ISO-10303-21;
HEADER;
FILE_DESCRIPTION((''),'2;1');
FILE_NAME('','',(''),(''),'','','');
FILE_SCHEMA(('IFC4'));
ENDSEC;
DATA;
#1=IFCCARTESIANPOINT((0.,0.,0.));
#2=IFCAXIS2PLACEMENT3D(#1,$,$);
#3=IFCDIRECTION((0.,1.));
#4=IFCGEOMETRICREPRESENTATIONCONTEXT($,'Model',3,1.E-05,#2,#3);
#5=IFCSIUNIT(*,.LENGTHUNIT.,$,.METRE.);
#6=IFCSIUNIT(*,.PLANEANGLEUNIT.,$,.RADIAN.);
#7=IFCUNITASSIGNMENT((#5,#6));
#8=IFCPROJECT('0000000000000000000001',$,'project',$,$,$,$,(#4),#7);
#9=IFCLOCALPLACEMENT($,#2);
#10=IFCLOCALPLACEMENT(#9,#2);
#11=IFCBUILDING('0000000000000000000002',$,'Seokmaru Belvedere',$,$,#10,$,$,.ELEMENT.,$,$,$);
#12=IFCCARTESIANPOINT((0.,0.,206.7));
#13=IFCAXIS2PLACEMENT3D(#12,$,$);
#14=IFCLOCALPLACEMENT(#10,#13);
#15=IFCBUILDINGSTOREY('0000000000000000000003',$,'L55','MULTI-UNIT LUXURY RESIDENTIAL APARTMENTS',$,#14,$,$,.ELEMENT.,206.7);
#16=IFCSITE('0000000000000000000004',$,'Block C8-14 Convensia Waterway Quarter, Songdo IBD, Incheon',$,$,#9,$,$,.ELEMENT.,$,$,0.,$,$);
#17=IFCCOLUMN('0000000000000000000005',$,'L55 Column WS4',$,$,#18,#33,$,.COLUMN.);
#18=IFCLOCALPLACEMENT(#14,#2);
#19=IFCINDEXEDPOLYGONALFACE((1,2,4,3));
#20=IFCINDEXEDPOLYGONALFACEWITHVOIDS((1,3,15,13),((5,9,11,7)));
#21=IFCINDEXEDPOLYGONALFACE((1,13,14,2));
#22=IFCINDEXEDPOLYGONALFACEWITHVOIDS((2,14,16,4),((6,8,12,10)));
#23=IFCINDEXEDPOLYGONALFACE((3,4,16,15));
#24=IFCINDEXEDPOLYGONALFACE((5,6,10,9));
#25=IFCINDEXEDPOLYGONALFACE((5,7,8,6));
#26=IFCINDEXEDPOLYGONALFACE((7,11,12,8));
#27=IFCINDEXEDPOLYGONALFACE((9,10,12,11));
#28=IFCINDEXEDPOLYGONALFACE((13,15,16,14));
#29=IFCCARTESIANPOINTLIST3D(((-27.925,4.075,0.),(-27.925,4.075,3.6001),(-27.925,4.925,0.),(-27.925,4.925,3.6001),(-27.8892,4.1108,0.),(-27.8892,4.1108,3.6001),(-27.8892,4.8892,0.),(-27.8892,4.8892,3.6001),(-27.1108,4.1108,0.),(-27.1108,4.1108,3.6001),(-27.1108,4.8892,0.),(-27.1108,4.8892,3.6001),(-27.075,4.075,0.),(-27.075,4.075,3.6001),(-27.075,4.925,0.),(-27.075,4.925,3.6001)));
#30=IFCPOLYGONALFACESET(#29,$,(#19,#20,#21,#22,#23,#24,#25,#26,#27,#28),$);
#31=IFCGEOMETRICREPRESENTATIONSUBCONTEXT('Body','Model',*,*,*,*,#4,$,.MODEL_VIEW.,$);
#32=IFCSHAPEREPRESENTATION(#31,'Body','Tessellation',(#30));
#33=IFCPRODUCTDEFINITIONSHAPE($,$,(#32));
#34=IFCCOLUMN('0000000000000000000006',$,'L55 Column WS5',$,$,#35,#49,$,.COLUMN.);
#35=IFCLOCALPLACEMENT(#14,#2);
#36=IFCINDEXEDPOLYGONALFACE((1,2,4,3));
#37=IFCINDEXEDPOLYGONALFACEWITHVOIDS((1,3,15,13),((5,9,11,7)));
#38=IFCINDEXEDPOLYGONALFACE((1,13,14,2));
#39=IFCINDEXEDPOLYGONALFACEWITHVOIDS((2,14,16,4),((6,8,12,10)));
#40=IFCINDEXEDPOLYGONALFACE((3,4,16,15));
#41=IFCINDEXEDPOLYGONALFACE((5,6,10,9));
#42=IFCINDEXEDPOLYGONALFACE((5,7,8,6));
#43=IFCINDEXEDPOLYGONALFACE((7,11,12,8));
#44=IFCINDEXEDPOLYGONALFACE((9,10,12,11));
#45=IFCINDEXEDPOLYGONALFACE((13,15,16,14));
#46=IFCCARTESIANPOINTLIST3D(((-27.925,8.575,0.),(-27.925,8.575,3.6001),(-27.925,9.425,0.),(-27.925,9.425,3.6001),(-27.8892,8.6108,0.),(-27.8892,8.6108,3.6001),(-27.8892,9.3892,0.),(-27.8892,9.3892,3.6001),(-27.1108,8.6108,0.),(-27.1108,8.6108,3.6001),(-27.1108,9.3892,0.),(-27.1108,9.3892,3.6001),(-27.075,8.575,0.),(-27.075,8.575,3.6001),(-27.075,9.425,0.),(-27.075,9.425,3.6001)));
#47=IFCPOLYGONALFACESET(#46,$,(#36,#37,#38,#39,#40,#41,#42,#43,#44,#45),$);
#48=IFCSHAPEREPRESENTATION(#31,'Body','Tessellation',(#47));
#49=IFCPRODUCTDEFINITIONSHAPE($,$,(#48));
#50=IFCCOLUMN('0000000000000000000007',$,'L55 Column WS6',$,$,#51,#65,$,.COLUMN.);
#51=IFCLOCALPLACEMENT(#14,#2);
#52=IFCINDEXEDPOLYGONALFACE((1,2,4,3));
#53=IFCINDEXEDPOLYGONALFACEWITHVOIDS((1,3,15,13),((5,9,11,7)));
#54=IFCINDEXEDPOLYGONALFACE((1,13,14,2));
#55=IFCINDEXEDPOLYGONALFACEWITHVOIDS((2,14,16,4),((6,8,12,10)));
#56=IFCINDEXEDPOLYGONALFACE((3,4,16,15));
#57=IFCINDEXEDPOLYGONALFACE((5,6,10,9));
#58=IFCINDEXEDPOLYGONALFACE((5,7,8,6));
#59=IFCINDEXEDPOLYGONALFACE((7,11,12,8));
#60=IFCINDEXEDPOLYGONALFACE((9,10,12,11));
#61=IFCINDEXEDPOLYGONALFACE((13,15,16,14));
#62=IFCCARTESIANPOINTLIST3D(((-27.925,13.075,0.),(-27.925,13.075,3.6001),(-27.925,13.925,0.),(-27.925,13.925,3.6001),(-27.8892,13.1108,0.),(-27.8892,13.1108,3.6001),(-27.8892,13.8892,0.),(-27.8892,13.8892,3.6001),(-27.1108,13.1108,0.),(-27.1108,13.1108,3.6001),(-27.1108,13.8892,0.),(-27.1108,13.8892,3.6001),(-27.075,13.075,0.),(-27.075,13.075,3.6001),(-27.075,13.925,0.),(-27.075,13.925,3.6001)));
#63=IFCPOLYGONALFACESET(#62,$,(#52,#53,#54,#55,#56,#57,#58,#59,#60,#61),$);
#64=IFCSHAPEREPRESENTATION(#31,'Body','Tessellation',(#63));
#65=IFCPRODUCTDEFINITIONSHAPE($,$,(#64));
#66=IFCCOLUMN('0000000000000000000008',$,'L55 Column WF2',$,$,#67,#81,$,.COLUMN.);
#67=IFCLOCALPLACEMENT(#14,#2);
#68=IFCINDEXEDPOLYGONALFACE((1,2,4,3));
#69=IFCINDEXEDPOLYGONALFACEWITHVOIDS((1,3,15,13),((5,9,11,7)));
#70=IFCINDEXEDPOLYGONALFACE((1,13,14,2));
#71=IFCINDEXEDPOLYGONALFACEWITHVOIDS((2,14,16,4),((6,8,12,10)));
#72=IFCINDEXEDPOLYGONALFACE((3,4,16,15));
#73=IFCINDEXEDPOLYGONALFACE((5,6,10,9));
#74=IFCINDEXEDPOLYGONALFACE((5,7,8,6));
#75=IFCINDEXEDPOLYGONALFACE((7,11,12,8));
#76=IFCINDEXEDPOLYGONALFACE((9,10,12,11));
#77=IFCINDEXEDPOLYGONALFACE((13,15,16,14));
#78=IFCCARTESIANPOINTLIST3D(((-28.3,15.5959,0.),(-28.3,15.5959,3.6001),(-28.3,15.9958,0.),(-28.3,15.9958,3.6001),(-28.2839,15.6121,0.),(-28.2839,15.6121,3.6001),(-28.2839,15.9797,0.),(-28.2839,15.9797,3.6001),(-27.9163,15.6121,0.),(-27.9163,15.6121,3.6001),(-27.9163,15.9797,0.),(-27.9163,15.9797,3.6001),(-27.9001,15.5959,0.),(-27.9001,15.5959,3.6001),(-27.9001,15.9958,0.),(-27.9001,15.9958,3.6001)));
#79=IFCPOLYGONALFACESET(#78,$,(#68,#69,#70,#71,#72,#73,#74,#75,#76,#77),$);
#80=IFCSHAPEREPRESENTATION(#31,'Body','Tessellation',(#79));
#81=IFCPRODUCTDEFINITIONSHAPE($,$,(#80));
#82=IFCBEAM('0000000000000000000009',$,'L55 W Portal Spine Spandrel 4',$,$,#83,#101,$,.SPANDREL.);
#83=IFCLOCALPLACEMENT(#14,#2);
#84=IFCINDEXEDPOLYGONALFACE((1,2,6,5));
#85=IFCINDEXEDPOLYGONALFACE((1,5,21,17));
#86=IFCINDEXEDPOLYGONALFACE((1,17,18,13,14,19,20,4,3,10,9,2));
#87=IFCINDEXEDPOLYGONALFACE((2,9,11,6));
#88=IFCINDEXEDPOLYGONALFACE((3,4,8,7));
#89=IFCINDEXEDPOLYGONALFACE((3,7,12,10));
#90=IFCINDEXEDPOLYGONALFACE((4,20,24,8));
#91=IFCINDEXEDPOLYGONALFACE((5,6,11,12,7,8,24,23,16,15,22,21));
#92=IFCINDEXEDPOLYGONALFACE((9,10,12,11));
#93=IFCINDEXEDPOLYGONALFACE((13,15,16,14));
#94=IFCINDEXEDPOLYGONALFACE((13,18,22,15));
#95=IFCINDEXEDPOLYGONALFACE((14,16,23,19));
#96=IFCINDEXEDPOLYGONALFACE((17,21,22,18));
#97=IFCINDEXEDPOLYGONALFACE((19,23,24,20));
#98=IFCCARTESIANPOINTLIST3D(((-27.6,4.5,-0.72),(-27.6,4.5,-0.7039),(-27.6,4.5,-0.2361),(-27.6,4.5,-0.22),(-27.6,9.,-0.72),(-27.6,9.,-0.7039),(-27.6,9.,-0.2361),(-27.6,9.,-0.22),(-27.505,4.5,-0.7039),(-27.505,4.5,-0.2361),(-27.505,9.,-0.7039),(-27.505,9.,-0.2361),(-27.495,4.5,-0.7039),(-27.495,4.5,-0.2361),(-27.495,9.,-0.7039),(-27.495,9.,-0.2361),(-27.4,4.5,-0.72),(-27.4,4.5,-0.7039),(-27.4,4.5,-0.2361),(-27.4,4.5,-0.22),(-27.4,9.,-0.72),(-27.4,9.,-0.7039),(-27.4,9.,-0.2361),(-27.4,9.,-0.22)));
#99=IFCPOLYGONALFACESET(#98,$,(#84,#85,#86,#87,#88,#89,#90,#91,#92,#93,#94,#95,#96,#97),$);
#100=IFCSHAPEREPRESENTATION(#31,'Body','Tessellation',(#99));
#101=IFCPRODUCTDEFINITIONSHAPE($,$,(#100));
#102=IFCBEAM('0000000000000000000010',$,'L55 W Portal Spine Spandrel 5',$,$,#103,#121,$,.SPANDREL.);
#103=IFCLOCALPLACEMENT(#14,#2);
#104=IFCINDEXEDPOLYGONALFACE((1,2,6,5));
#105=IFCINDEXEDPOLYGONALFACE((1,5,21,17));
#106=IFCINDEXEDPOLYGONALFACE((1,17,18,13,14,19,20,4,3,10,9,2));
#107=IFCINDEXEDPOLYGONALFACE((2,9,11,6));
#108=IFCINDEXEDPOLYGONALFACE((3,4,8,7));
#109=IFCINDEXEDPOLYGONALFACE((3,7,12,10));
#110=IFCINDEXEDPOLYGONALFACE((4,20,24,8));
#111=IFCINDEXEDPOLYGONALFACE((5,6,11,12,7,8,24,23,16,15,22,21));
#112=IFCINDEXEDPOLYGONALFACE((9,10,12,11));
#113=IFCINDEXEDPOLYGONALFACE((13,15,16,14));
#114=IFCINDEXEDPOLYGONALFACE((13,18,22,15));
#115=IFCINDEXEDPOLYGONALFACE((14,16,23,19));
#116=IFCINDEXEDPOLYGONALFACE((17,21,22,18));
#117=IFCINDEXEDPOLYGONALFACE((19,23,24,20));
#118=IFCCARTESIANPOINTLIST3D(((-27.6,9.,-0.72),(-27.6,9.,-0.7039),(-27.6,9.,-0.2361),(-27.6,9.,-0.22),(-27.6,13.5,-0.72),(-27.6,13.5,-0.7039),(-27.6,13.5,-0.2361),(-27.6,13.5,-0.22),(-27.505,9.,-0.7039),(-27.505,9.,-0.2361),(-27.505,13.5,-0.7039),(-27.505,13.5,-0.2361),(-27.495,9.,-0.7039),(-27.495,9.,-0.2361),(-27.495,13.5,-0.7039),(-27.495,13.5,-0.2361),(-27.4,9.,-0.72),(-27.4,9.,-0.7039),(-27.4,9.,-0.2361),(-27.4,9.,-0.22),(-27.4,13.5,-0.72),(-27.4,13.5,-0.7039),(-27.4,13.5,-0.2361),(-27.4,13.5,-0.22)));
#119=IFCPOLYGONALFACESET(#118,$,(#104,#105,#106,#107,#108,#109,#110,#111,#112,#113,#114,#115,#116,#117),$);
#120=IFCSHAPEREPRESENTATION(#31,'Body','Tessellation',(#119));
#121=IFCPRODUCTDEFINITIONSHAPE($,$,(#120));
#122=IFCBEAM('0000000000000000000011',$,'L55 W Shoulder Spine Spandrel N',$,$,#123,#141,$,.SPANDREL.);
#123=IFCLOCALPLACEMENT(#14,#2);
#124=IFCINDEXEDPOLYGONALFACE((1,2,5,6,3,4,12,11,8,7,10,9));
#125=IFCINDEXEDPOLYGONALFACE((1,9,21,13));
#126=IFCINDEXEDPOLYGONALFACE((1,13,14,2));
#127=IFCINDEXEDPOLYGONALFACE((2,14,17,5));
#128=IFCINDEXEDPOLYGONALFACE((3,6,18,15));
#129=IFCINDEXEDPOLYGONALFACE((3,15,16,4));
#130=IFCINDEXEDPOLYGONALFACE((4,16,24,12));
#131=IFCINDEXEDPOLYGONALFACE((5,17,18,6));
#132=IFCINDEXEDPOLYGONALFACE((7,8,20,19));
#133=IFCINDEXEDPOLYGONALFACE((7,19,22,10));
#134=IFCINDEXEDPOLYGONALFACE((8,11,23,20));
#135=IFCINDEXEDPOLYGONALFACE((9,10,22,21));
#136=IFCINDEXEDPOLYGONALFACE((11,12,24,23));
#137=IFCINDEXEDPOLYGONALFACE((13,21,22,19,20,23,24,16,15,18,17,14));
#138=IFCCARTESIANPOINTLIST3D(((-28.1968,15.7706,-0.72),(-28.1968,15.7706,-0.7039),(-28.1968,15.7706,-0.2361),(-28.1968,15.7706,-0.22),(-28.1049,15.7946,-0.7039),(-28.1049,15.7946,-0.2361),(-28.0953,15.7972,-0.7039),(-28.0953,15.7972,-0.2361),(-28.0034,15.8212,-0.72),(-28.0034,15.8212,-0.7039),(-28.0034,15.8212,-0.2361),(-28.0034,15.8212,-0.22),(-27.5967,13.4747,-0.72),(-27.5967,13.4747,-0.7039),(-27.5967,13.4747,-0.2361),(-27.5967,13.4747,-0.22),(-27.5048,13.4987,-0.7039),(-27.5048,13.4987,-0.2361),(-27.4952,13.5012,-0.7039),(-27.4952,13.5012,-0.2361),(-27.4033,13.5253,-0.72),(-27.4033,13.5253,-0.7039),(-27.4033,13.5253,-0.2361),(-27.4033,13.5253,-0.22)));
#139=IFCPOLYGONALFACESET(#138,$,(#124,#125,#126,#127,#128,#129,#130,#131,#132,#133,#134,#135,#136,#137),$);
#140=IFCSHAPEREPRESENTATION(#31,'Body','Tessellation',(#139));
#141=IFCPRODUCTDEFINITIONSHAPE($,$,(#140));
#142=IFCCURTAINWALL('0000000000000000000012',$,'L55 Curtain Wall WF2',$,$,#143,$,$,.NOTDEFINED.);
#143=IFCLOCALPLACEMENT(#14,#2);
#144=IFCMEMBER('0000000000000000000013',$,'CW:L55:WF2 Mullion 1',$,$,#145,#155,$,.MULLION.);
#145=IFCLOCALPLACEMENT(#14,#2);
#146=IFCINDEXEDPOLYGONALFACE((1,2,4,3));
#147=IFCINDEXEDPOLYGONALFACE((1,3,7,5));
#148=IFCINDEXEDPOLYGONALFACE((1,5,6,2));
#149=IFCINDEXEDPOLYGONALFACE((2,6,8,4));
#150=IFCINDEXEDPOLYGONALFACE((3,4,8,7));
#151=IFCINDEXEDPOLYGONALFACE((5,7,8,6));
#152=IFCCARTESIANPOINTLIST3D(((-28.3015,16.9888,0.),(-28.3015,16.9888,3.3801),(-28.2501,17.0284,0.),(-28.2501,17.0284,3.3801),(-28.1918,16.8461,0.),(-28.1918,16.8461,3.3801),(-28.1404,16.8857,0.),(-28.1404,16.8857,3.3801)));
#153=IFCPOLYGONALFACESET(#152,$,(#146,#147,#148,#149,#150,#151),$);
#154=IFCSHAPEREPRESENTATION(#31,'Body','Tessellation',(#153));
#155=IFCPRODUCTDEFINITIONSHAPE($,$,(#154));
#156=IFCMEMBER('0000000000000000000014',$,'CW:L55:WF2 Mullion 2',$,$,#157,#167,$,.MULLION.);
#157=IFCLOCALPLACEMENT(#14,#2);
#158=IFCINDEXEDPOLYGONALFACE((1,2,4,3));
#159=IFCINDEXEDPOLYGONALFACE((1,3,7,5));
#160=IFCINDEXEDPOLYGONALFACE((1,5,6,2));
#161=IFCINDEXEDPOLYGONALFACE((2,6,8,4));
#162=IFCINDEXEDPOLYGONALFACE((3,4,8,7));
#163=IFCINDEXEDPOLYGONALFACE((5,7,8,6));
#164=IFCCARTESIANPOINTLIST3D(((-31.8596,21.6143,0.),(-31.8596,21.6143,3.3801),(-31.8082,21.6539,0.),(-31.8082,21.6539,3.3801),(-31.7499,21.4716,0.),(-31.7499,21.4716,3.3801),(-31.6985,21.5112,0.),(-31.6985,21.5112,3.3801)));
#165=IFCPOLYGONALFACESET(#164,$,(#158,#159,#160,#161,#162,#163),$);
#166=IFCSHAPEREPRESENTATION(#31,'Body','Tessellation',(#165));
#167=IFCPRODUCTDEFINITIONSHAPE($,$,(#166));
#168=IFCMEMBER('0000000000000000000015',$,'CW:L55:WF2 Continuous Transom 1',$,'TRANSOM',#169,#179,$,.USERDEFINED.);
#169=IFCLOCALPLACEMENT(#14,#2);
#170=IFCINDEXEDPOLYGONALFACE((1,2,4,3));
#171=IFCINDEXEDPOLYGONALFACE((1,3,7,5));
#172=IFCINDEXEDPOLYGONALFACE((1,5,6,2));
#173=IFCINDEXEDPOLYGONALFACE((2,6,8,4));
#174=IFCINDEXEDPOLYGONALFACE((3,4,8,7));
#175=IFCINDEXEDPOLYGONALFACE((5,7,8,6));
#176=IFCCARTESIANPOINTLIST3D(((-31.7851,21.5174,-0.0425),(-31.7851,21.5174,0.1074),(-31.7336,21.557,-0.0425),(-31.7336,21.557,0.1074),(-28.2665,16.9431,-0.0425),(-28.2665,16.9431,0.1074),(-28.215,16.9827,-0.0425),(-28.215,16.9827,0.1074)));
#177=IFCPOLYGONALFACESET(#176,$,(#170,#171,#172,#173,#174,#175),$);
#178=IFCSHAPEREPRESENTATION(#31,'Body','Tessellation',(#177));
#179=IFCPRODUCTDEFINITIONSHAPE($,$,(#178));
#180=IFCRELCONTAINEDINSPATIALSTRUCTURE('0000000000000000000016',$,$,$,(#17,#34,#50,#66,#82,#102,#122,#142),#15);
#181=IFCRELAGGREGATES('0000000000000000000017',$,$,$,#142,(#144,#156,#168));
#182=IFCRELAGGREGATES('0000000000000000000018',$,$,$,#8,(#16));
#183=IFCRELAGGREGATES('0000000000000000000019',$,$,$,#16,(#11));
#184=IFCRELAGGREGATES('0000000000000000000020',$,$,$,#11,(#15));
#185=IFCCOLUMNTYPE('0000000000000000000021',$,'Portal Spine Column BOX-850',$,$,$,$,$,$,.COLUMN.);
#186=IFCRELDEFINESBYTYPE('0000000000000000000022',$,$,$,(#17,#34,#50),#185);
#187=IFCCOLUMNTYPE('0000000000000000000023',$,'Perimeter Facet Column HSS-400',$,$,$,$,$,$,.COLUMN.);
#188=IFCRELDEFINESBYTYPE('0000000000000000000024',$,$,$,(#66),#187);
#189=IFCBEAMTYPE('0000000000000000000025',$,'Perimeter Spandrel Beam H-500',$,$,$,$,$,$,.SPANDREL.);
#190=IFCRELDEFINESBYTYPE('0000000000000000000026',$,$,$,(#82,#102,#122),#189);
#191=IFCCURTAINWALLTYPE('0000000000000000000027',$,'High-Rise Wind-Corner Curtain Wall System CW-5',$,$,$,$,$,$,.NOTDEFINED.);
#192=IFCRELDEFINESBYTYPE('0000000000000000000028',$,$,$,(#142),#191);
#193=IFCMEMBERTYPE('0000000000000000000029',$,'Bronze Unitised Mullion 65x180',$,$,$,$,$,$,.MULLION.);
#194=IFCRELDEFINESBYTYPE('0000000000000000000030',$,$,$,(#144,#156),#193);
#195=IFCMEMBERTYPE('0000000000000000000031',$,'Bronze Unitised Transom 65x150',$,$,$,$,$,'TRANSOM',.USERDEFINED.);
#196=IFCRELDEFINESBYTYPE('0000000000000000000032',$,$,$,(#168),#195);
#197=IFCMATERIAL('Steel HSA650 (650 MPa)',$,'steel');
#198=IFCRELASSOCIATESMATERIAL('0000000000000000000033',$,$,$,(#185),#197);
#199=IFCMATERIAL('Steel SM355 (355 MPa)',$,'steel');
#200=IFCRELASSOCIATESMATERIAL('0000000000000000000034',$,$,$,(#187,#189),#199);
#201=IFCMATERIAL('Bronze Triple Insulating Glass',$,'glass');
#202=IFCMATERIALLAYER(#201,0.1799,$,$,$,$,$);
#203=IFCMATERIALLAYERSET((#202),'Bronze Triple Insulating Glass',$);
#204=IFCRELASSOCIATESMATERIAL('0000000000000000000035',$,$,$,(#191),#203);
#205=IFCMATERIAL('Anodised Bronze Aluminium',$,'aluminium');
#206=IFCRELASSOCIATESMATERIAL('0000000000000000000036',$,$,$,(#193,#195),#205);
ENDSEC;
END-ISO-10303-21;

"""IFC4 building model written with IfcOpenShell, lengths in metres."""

from ifc_helpers import new_model, si_unit, direction, frame, origin, origin_2d, place, context, subcontext, project, spatial, rectangle, hollow_rectangle, i_section, extrude, source, transform, mapped, material, layer, layer_set, material_profile, profile_set, type_object, type_shapes, element, aggregate, save


model = new_model("IFC4")

# Units and contexts
model_context = context("Model", 3, precision=1e-05, world=origin(), true_north=direction((0.0, 1.0)))
body_context = subcontext(model_context, "Body", "Model", "MODEL_VIEW")
ifc_project = project(units=[si_unit("LENGTHUNIT", "METRE"), si_unit("PLANEANGLEUNIT", "RADIAN")], contexts=[model_context])

# Site, building, storey
site_placement = place(None, origin())
site = spatial("IfcSite", under=ifc_project, at=site_placement, Name="Block C8-14 Convensia Waterway Quarter, Songdo IBD, Incheon", CompositionType="ELEMENT", RefElevation=0.0)
building_placement = place(site_placement, origin())
building = spatial("IfcBuilding", under=site, at=building_placement, Name="Seokmaru Belvedere", CompositionType="ELEMENT")
storey_placement = place(building_placement, frame((0.0, 0.0, 206.7)))
storey = spatial("IfcBuildingStorey", under=building, at=storey_placement, Name="L55", Description="MULTI-UNIT LUXURY RESIDENTIAL APARTMENTS", CompositionType="ELEMENT", Elevation=206.7)

# Columns
ifc_material_1 = material(Name="Steel HSA650 (650 MPa)", Category="steel")
ifc_material_profile_1 = material_profile(ifc_material_1, hollow_rectangle(XDim=0.8501, YDim=0.8501, WallThickness=0.0359, at=origin_2d()), Name="BOX-850x850x36")
ifc_profile_set_1 = profile_set([ifc_material_profile_1], Name="Steel HSA650 (650 MPa)")
column_type_1 = type_object("IfcColumnType", Name="Portal Spine Column BOX-850", PredefinedType="COLUMN", material=ifc_profile_set_1)
shared_shape_1 = source(origin(), body_context, "Body", "SweptSolid", [
    extrude(hollow_rectangle(XDim=0.8501, YDim=0.8501, WallThickness=0.0359, at=origin_2d()), origin(), (0.0, 0.0, 1.0), 3.6001),
])
type_shapes(column_type_1, [shared_shape_1])
for number, where, z_axis, x_axis, name in (
    (1, (-27.5, 4.5, 0.0), (0.0, 0.0, 1.0), (1.0, 0.0, 0.0), "L55 Column WS4"),
    (2, (-27.5, 9.0, 0.0), (0.0, 0.0, 1.0), (1.0, 0.0, 0.0), "L55 Column WS5"),
    (3, (-27.5, 13.5, 0.0), (0.0, 0.0, 1.0), (1.0, 0.0, 0.0), "L55 Column WS6"),
):
    element("IfcColumn", number, at=place(storey_placement, frame(where, z_axis=z_axis, x_axis=x_axis)), inside=storey, type_object=column_type_1, Name=name, PredefinedType="COLUMN", context=body_context, shape_type="MappedRepresentation", body=[
        mapped(shared_shape_1, transform((0.0, 0.0, 0.0), scale=1.0)),
    ])
ifc_material_2 = material(Name="Steel SM355 (355 MPa)", Category="steel")
ifc_material_profile_2 = material_profile(ifc_material_2, hollow_rectangle(XDim=0.3999, YDim=0.3999, WallThickness=0.0161, at=origin_2d()), Name="HSS-400x400x16")
ifc_profile_set_2 = profile_set([ifc_material_profile_2], Name="Steel SM355 (355 MPa)")
column_type_2 = type_object("IfcColumnType", Name="Perimeter Facet Column HSS-400", PredefinedType="COLUMN", material=ifc_profile_set_2)
shared_shape_2 = source(origin(), body_context, "Body", "SweptSolid", [
    extrude(hollow_rectangle(XDim=0.3999, YDim=0.3999, WallThickness=0.0161, at=origin_2d()), origin(), (0.0, 0.0, 1.0), 3.6001),
])
type_shapes(column_type_2, [shared_shape_2])
column_placement = place(storey_placement, frame((-28.1001, 15.7959, 0.0), z_axis=(0.0, 0.0, 1.0), x_axis=(1.0, 0.0, 0.0)))
element("IfcColumn", 4, at=column_placement, inside=storey, type_object=column_type_2, Name="L55 Column WF2", PredefinedType="COLUMN", context=body_context, shape_type="MappedRepresentation", body=[
    mapped(shared_shape_2, transform((0.0, 0.0, 0.0), scale=1.0)),
])

# Beams
ifc_material_profile_3 = material_profile(ifc_material_2, i_section(OverallWidth=0.2, OverallDepth=0.5, WebThickness=0.01, FlangeThickness=0.0161, at=origin_2d()), Name="H-500x200x10x16")
ifc_profile_set_3 = profile_set([ifc_material_profile_3], Name="Steel SM355 (355 MPa)")
beam_type_1 = type_object("IfcBeamType", Name="Perimeter Spandrel Beam H-500", PredefinedType="SPANDREL", material=ifc_profile_set_3)
shared_shape_3 = source(origin(), body_context, "Body", "SweptSolid", [
    extrude(i_section(OverallWidth=0.2, OverallDepth=0.5, WebThickness=0.01, FlangeThickness=0.0161, at=origin_2d()), origin(), (0.0, 0.0, 1.0), 4.5),
])
for number, where, z_axis, x_axis, name in (
    (5, (-27.5, 4.5, -0.47), (0.0, 1.0, 0.0), (-1.0, 0.0, 0.0), "L55 W Portal Spine Spandrel 4"),
    (6, (-27.5, 9.0, -0.47), (0.0, 1.0, 0.0), (-1.0, 0.0, 0.0), "L55 W Portal Spine Spandrel 5"),
):
    element("IfcBeam", number, at=place(storey_placement, frame(where, z_axis=z_axis, x_axis=x_axis)), inside=storey, type_object=beam_type_1, Name=name, PredefinedType="SPANDREL", context=body_context, shape_type="MappedRepresentation", body=[
        mapped(shared_shape_3, transform((0.0, 0.0, 0.0), scale=1.0)),
    ])
shared_shape_4 = source(origin(), body_context, "Body", "SweptSolid", [
    extrude(i_section(OverallWidth=0.2, OverallDepth=0.5, WebThickness=0.01, FlangeThickness=0.0161, at=origin_2d()), origin(), (0.0, 0.0, 1.0), 2.373),
])
type_shapes(beam_type_1, [shared_shape_3, shared_shape_4])
beam_1_placement = place(storey_placement, frame((-28.1001, 15.7959, -0.47), z_axis=(0.252883, -0.967497, 0.0), x_axis=(0.967497, 0.252883, 0.0)))
element("IfcBeam", 7, at=beam_1_placement, inside=storey, type_object=beam_type_1, Name="L55 W Shoulder Spine Spandrel N", PredefinedType="SPANDREL", context=body_context, shape_type="MappedRepresentation", body=[
    mapped(shared_shape_4, transform((0.0, 0.0, 0.0), scale=1.0)),
])

# Curtain wall, members
ifc_material_3 = material(Name="Bronze Triple Insulating Glass", Category="glass")
ifc_layer_1 = layer(ifc_material_3, 0.1799)
ifc_layer_set_1 = layer_set([ifc_layer_1], Name="Bronze Triple Insulating Glass")
curtain_wall_type = type_object("IfcCurtainWallType", Name="High-Rise Wind-Corner Curtain Wall System CW-5", PredefinedType="NOTDEFINED", material=ifc_layer_set_1)
curtain_wall_placement = place(storey_placement, origin())
curtain_wall = element("IfcCurtainWall", 8, at=curtain_wall_placement, inside=storey, type_object=curtain_wall_type, Name="L55 Curtain Wall WF2", PredefinedType="NOTDEFINED")
ifc_material_4 = material(Name="Anodised Bronze Aluminium", Category="aluminium")
ifc_material_profile_4 = material_profile(ifc_material_4, rectangle(XDim=0.0649, YDim=0.1799, at=origin_2d()), Name="CW-M-65x180")
ifc_profile_set_4 = profile_set([ifc_material_profile_4], Name="Anodised Bronze Aluminium")
member_type_1 = type_object("IfcMemberType", Name="Bronze Unitised Mullion 65x180", PredefinedType="MULLION", material=ifc_profile_set_4)
shared_shape_5 = source(origin(), body_context, "Body", "SweptSolid", [
    extrude(rectangle(XDim=0.0649, YDim=0.1799, at=origin_2d()), origin(), (0.0, 0.0, 1.0), 3.3801),
])
type_shapes(member_type_1, [shared_shape_5])
member_1_placement = place(storey_placement, frame((-28.2209, 16.9373, 0.0), z_axis=(0.0, 0.0, 1.0), x_axis=(-0.792631, -0.609701, 0.0)))
member_1 = element("IfcMember", 9, at=member_1_placement, type_object=member_type_1, Name="CW:L55:WF2 Mullion 1", PredefinedType="MULLION", context=body_context, shape_type="MappedRepresentation", body=[
    mapped(shared_shape_5, transform((0.0, 0.0, 0.0), scale=1.0)),
])
member_2_placement = place(storey_placement, frame((-31.7791, 21.5627, 0.0), z_axis=(0.0, 0.0, 1.0), x_axis=(-0.792631, -0.609701, 0.0)))
member_2 = element("IfcMember", 10, at=member_2_placement, type_object=member_type_1, Name="CW:L55:WF2 Mullion 2", PredefinedType="MULLION", context=body_context, shape_type="MappedRepresentation", body=[
    mapped(shared_shape_5, transform((0.0, 0.0, 0.0), scale=1.0)),
])
ifc_material_profile_5 = material_profile(ifc_material_4, rectangle(XDim=0.0649, YDim=0.1499, at=origin_2d()), Name="CW-T-65x150")
ifc_profile_set_5 = profile_set([ifc_material_profile_5], Name="Anodised Bronze Aluminium")
member_type_2 = type_object("IfcMemberType", Name="Bronze Unitised Transom 65x150", ElementType="TRANSOM", PredefinedType="USERDEFINED", material=ifc_profile_set_5)
shared_shape_6 = source(origin(), body_context, "Body", "SweptSolid", [
    extrude(rectangle(XDim=0.0649, YDim=0.1499, at=origin_2d()), origin(), (0.0, 0.0, 1.0), 5.771),
])
type_shapes(member_type_2, [shared_shape_6])
member_3_placement = place(storey_placement, frame((-28.2407, 16.9629, 0.0325), z_axis=(-0.609703, 0.79263, 0.0), x_axis=(-0.79263, -0.609703, 0.0)))
member_3 = element("IfcMember", 11, at=member_3_placement, type_object=member_type_2, Name="CW:L55:WF2 Continuous Transom 1", ObjectType="TRANSOM", PredefinedType="USERDEFINED", context=body_context, shape_type="MappedRepresentation", body=[
    mapped(shared_shape_6, transform((0.0, 0.0, 0.0), scale=1.0)),
])

aggregate(curtain_wall, [member_1, member_2, member_3])

save(model, "model.ifc")
